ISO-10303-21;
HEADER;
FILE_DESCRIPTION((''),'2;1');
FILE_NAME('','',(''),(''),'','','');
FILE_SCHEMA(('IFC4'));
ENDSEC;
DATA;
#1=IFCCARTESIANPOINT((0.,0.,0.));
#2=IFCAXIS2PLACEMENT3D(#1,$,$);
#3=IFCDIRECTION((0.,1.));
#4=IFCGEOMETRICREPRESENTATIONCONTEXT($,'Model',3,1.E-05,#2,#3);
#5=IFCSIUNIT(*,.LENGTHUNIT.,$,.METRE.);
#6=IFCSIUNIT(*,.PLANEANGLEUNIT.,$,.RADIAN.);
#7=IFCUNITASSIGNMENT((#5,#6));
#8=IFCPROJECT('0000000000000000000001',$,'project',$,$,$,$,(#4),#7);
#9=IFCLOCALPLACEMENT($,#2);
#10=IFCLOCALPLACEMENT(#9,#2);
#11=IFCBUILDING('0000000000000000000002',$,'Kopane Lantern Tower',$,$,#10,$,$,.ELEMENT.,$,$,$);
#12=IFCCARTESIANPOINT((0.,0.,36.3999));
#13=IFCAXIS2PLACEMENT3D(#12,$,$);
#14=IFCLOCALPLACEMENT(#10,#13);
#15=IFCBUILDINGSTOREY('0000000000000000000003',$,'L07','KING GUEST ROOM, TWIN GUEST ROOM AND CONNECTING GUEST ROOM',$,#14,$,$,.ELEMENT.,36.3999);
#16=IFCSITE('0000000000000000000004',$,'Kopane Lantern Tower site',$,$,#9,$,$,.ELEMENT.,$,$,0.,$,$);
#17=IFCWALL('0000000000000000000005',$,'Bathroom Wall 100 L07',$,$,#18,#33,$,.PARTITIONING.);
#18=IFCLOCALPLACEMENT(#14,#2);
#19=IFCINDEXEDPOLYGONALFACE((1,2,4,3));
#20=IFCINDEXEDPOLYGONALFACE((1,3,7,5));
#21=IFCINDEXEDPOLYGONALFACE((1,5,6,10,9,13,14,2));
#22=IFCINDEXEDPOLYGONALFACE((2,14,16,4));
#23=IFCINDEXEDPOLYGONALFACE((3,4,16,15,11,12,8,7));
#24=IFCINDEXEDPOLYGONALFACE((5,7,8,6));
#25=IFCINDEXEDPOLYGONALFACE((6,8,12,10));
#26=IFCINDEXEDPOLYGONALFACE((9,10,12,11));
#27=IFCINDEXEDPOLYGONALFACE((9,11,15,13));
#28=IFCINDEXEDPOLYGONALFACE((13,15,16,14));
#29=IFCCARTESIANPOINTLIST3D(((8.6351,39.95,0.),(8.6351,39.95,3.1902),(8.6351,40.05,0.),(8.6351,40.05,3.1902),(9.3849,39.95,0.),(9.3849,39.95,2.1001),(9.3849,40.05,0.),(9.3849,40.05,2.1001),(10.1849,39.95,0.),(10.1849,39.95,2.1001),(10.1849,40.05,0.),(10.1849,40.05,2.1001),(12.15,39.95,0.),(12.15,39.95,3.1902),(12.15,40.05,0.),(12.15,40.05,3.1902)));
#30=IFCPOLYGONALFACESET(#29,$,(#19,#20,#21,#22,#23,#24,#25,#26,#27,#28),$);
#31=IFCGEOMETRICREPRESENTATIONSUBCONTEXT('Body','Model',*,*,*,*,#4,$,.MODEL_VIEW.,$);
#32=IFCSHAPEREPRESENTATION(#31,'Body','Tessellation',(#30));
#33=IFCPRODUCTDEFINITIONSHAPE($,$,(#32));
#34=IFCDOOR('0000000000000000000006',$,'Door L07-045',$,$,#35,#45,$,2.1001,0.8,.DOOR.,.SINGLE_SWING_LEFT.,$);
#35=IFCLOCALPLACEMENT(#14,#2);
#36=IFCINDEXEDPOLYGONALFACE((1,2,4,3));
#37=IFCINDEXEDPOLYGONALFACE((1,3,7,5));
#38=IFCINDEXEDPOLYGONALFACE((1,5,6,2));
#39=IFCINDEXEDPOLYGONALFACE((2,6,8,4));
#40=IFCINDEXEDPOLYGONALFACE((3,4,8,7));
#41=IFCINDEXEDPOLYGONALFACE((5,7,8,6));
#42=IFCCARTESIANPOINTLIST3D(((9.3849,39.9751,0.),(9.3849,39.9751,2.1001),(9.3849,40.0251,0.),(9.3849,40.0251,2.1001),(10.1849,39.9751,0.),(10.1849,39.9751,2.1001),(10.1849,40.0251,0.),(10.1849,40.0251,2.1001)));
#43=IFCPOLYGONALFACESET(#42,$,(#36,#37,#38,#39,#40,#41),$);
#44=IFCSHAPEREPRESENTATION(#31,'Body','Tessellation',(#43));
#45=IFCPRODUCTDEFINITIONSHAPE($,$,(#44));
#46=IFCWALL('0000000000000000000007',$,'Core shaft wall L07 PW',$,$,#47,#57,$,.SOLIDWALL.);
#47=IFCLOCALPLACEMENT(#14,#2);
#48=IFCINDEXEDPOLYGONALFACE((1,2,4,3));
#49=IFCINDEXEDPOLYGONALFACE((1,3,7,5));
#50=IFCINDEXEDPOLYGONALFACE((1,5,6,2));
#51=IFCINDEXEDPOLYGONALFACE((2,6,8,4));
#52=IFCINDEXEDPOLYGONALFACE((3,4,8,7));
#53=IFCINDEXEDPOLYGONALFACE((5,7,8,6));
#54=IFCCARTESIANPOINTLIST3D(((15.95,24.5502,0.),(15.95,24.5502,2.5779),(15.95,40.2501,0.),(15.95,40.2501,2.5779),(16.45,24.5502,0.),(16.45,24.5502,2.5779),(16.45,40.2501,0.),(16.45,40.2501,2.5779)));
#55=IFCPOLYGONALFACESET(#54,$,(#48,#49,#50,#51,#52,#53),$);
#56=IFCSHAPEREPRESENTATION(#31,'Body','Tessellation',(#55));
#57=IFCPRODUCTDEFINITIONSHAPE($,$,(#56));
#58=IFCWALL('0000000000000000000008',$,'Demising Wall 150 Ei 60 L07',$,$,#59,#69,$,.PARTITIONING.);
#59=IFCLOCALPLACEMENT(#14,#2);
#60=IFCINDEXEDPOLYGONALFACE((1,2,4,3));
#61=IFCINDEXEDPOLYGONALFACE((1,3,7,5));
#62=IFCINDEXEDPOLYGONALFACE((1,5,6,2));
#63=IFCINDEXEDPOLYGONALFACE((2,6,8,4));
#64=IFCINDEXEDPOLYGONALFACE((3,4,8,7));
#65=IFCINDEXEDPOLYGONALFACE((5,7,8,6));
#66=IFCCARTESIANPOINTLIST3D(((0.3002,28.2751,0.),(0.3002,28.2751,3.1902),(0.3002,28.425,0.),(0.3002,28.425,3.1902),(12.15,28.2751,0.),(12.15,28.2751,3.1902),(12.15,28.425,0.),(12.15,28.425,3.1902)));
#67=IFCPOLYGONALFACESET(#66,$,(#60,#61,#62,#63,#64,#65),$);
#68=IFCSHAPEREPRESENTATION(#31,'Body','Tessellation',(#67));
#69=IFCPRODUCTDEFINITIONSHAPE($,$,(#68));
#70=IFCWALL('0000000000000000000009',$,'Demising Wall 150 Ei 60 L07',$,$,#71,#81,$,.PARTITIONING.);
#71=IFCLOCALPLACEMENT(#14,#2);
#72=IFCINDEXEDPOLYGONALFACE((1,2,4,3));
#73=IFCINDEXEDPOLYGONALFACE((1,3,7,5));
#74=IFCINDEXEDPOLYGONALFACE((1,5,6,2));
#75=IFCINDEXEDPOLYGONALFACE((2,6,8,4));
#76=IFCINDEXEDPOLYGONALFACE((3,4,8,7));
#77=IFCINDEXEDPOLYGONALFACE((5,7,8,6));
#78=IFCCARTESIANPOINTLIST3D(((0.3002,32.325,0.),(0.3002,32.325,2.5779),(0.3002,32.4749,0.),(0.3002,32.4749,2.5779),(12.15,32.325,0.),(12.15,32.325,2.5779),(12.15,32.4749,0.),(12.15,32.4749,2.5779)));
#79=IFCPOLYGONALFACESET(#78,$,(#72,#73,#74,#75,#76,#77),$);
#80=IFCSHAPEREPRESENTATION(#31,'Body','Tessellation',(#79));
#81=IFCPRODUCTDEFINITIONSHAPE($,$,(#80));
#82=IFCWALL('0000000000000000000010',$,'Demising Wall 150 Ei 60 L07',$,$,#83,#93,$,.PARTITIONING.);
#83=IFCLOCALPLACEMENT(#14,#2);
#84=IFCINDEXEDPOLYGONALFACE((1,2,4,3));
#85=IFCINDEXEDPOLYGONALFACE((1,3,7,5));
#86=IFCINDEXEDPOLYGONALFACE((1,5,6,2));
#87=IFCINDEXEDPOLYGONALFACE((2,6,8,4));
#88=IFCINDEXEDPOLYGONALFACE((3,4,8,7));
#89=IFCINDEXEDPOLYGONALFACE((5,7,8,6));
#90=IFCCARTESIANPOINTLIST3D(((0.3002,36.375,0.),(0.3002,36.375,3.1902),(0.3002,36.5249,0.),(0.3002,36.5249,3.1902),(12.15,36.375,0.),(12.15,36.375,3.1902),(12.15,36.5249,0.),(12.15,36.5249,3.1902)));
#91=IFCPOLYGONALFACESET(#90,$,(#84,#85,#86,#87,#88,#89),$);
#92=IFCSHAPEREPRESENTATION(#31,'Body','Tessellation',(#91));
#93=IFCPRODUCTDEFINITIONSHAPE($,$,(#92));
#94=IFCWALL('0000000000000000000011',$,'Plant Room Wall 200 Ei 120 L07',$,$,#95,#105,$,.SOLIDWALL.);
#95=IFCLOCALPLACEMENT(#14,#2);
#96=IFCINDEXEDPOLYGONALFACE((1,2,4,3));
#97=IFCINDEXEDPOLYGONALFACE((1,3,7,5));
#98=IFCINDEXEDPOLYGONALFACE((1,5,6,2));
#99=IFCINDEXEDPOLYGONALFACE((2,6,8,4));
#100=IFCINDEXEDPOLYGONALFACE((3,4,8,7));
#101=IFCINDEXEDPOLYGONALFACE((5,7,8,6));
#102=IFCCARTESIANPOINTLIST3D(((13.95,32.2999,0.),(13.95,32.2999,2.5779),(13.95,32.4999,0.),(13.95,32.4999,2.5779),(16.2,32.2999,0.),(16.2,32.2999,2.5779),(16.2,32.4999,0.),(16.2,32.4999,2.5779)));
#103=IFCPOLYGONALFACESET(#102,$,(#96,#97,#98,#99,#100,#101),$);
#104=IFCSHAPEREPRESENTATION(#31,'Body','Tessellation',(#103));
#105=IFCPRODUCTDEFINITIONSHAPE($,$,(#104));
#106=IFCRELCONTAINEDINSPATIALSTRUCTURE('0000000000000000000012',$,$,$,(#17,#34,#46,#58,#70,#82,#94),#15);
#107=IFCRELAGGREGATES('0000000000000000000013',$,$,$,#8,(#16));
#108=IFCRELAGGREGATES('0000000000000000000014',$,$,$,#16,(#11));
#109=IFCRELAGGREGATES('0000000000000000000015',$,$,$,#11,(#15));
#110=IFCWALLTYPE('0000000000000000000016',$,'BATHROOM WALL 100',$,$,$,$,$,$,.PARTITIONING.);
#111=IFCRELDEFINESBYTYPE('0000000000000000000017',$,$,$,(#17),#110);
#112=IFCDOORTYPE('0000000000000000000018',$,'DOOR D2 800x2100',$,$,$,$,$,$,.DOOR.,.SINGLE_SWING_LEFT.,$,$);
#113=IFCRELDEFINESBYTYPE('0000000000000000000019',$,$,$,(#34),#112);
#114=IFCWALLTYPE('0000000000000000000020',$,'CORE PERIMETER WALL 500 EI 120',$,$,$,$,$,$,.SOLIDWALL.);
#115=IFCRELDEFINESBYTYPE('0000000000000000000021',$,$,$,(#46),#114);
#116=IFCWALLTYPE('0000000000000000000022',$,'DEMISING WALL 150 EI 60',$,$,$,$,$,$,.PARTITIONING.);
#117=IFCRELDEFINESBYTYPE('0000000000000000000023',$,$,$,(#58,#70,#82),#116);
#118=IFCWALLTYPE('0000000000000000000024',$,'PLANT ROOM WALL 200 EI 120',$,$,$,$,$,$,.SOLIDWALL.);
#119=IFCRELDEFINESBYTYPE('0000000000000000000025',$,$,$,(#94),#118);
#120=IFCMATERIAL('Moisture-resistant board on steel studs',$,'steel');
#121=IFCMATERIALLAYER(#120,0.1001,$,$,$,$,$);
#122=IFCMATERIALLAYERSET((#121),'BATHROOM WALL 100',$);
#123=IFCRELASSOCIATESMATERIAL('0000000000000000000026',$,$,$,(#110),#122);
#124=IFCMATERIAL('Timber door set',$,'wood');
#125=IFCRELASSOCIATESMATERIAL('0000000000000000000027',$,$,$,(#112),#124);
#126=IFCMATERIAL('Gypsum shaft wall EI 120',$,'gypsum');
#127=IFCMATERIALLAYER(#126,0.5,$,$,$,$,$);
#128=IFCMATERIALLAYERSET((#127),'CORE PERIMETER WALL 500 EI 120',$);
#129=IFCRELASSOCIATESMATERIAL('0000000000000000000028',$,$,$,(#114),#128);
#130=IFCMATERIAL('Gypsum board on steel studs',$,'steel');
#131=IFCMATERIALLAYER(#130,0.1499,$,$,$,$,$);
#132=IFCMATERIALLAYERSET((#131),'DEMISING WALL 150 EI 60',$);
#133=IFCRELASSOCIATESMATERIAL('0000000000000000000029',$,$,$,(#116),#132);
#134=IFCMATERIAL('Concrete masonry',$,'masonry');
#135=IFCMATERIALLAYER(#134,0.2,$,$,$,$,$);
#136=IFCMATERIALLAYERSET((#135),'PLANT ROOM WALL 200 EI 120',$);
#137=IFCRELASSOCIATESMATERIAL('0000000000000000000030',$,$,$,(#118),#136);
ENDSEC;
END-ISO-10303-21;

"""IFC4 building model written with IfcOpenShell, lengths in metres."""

from ifc_helpers import new_model, si_unit, direction, frame, frame_2d, origin, place, context, subcontext, project, spatial, rectangle, extrude, material, layer, layer_set, type_object, element, fill, save


model = new_model("IFC4")

# Units and contexts
model_context = context("Model", 3, precision=1e-05, world=origin(), true_north=direction((0.0, 1.0)))
body_context = subcontext(model_context, "Body", "Model", "MODEL_VIEW")
ifc_project = project(units=[si_unit("LENGTHUNIT", "METRE"), si_unit("PLANEANGLEUNIT", "RADIAN")], contexts=[model_context])

# Site, building, storey
site_placement = place(None, origin())
site = spatial("IfcSite", under=ifc_project, at=site_placement, Name="Kopane Lantern Tower site", CompositionType="ELEMENT", RefElevation=0.0)
building_placement = place(site_placement, origin())
building = spatial("IfcBuilding", under=site, at=building_placement, Name="Kopane Lantern Tower", CompositionType="ELEMENT")
storey_placement = place(building_placement, frame((0.0, 0.0, 36.3999)))
storey = spatial("IfcBuildingStorey", under=building, at=storey_placement, Name="L07", Description="KING GUEST ROOM, TWIN GUEST ROOM AND CONNECTING GUEST ROOM", CompositionType="ELEMENT", Elevation=36.3999)

# Wall, opening, door
ifc_material_1 = material(Name="Moisture-resistant board on steel studs", Category="steel")
ifc_layer_1 = layer(ifc_material_1, 0.1001)
ifc_layer_set_1 = layer_set([ifc_layer_1], Name="BATHROOM WALL 100")
wall_type_1 = type_object("IfcWallType", Name="BATHROOM WALL 100", PredefinedType="PARTITIONING", material=ifc_layer_set_1)
ifc_material_2 = material(Name="Timber door set", Category="wood")
door_type = type_object("IfcDoorType", Name="DOOR D2 800x2100", OperationType="SINGLE_SWING_LEFT", PredefinedType="DOOR", material=ifc_material_2)
wall_1_placement = place(storey_placement, frame((12.1499, 40.0, 0.0), z_axis=(0.0, 0.0, 1.0), x_axis=(-1.0, 0.0, 0.0)))
wall_1 = element("IfcWall", 1, at=wall_1_placement, inside=storey, type_object=wall_type_1, Name="Bathroom Wall 100 L07", PredefinedType="PARTITIONING", context=body_context, shape_type="SweptSolid", body=[
    extrude(rectangle(XDim=3.5149, YDim=0.1001, at=frame_2d((1.7573, 0.0))), origin(), (0.0, 0.0, 1.0), 3.1902),
])
opening_1_placement = place(wall_1_placement, frame((1.9651, 0.0, 0.0)))
opening_1 = element("IfcOpeningElement", 2, at=opening_1_placement, cuts=wall_1, PredefinedType="OPENING", context=body_context, shape_type="SweptSolid", body=[
    extrude(rectangle(XDim=0.8, YDim=2.1001, at=frame_2d((0.3999, 1.05))), frame((0.0, 0.0601, 0.0), z_axis=(0.0, -1.0, 0.0), x_axis=(1.0, 0.0, 0.0)), (0.0, 0.0, 1.0), 0.1201),
])
door_1_placement = place(opening_1_placement, origin())
door_1 = element("IfcDoor", 3, at=door_1_placement, inside=storey, type_object=door_type, Name="Door L07-045", OperationType="SINGLE_SWING_LEFT", OverallHeight=2.1001, OverallWidth=0.8, PredefinedType="DOOR", context=body_context, shape_type="SweptSolid", body=[
    extrude(rectangle(XDim=0.8, YDim=2.1001, at=frame_2d((0.3999, 1.05))), frame((0.0, 0.0249, 0.0), z_axis=(0.0, -1.0, 0.0), x_axis=(1.0, 0.0, 0.0)), (0.0, 0.0, 1.0), 0.05),
])
fill(opening_1, door_1)

# Walls
ifc_material_3 = material(Name="Gypsum shaft wall EI 120", Category="gypsum")
ifc_layer_2 = layer(ifc_material_3, 0.5)
ifc_layer_set_2 = layer_set([ifc_layer_2], Name="CORE PERIMETER WALL 500 EI 120")
wall_type_2 = type_object("IfcWallType", Name="CORE PERIMETER WALL 500 EI 120", PredefinedType="SOLIDWALL", material=ifc_layer_set_2)
wall_2_placement = place(storey_placement, frame((16.2, 24.55, 0.0), z_axis=(0.0, 0.0, 1.0), x_axis=(0.0, 1.0, 0.0)))
element("IfcWall", 4, at=wall_2_placement, inside=storey, type_object=wall_type_2, Name="Core shaft wall L07 PW", PredefinedType="SOLIDWALL", context=body_context, shape_type="SweptSolid", body=[
    extrude(rectangle(XDim=15.7, YDim=0.5, at=frame_2d((7.8501, 0.0))), origin(), (0.0, 0.0, 1.0), 2.5779),
])
ifc_material_4 = material(Name="Gypsum board on steel studs", Category="steel")
ifc_layer_3 = layer(ifc_material_4, 0.1499)
ifc_layer_set_3 = layer_set([ifc_layer_3], Name="DEMISING WALL 150 EI 60")
wall_type_3 = type_object("IfcWallType", Name="DEMISING WALL 150 EI 60", PredefinedType="PARTITIONING", material=ifc_layer_set_3)
wall_3_placement = place(storey_placement, frame((12.1499, 28.3501, 0.0), z_axis=(0.0, 0.0, 1.0), x_axis=(-1.0, 0.0, 0.0)))
element("IfcWall", 5, at=wall_3_placement, inside=storey, type_object=wall_type_3, Name="Demising Wall 150 Ei 60 L07", PredefinedType="PARTITIONING", context=body_context, shape_type="SweptSolid", body=[
    extrude(rectangle(XDim=11.8499, YDim=0.1499, at=frame_2d((5.9248, 0.0))), origin(), (0.0, 0.0, 1.0), 3.1902),
])
wall_4_placement = place(storey_placement, frame((12.1499, 32.3999, 0.0), z_axis=(0.0, 0.0, 1.0), x_axis=(-1.0, 0.0, 0.0)))
element("IfcWall", 6, at=wall_4_placement, inside=storey, type_object=wall_type_3, Name="Demising Wall 150 Ei 60 L07", PredefinedType="PARTITIONING", context=body_context, shape_type="SweptSolid", body=[
    extrude(rectangle(XDim=11.8499, YDim=0.1499, at=frame_2d((5.9248, 0.0))), origin(), (0.0, 0.0, 1.0), 2.5779),
])
wall_5_placement = place(storey_placement, frame((12.1499, 36.45, 0.0), z_axis=(0.0, 0.0, 1.0), x_axis=(-1.0, 0.0, 0.0)))
element("IfcWall", 7, at=wall_5_placement, inside=storey, type_object=wall_type_3, Name="Demising Wall 150 Ei 60 L07", PredefinedType="PARTITIONING", context=body_context, shape_type="SweptSolid", body=[
    extrude(rectangle(XDim=11.8499, YDim=0.1499, at=frame_2d((5.9248, 0.0))), origin(), (0.0, 0.0, 1.0), 3.1902),
])
ifc_material_5 = material(Name="Concrete masonry", Category="masonry")
ifc_layer_4 = layer(ifc_material_5, 0.2)
ifc_layer_set_4 = layer_set([ifc_layer_4], Name="PLANT ROOM WALL 200 EI 120")
wall_type_4 = type_object("IfcWallType", Name="PLANT ROOM WALL 200 EI 120", PredefinedType="SOLIDWALL", material=ifc_layer_set_4)
wall_6_placement = place(storey_placement, frame((13.95, 32.3999, 0.0), z_axis=(0.0, 0.0, 1.0), x_axis=(1.0, 0.0, 0.0)))
element("IfcWall", 8, at=wall_6_placement, inside=storey, type_object=wall_type_4, Name="Plant Room Wall 200 Ei 120 L07", PredefinedType="SOLIDWALL", context=body_context, shape_type="SweptSolid", body=[
    extrude(rectangle(XDim=2.25, YDim=0.2, at=frame_2d((1.125, 0.0))), origin(), (0.0, 0.0, 1.0), 2.5779),
])

save(model, "model.ifc")
